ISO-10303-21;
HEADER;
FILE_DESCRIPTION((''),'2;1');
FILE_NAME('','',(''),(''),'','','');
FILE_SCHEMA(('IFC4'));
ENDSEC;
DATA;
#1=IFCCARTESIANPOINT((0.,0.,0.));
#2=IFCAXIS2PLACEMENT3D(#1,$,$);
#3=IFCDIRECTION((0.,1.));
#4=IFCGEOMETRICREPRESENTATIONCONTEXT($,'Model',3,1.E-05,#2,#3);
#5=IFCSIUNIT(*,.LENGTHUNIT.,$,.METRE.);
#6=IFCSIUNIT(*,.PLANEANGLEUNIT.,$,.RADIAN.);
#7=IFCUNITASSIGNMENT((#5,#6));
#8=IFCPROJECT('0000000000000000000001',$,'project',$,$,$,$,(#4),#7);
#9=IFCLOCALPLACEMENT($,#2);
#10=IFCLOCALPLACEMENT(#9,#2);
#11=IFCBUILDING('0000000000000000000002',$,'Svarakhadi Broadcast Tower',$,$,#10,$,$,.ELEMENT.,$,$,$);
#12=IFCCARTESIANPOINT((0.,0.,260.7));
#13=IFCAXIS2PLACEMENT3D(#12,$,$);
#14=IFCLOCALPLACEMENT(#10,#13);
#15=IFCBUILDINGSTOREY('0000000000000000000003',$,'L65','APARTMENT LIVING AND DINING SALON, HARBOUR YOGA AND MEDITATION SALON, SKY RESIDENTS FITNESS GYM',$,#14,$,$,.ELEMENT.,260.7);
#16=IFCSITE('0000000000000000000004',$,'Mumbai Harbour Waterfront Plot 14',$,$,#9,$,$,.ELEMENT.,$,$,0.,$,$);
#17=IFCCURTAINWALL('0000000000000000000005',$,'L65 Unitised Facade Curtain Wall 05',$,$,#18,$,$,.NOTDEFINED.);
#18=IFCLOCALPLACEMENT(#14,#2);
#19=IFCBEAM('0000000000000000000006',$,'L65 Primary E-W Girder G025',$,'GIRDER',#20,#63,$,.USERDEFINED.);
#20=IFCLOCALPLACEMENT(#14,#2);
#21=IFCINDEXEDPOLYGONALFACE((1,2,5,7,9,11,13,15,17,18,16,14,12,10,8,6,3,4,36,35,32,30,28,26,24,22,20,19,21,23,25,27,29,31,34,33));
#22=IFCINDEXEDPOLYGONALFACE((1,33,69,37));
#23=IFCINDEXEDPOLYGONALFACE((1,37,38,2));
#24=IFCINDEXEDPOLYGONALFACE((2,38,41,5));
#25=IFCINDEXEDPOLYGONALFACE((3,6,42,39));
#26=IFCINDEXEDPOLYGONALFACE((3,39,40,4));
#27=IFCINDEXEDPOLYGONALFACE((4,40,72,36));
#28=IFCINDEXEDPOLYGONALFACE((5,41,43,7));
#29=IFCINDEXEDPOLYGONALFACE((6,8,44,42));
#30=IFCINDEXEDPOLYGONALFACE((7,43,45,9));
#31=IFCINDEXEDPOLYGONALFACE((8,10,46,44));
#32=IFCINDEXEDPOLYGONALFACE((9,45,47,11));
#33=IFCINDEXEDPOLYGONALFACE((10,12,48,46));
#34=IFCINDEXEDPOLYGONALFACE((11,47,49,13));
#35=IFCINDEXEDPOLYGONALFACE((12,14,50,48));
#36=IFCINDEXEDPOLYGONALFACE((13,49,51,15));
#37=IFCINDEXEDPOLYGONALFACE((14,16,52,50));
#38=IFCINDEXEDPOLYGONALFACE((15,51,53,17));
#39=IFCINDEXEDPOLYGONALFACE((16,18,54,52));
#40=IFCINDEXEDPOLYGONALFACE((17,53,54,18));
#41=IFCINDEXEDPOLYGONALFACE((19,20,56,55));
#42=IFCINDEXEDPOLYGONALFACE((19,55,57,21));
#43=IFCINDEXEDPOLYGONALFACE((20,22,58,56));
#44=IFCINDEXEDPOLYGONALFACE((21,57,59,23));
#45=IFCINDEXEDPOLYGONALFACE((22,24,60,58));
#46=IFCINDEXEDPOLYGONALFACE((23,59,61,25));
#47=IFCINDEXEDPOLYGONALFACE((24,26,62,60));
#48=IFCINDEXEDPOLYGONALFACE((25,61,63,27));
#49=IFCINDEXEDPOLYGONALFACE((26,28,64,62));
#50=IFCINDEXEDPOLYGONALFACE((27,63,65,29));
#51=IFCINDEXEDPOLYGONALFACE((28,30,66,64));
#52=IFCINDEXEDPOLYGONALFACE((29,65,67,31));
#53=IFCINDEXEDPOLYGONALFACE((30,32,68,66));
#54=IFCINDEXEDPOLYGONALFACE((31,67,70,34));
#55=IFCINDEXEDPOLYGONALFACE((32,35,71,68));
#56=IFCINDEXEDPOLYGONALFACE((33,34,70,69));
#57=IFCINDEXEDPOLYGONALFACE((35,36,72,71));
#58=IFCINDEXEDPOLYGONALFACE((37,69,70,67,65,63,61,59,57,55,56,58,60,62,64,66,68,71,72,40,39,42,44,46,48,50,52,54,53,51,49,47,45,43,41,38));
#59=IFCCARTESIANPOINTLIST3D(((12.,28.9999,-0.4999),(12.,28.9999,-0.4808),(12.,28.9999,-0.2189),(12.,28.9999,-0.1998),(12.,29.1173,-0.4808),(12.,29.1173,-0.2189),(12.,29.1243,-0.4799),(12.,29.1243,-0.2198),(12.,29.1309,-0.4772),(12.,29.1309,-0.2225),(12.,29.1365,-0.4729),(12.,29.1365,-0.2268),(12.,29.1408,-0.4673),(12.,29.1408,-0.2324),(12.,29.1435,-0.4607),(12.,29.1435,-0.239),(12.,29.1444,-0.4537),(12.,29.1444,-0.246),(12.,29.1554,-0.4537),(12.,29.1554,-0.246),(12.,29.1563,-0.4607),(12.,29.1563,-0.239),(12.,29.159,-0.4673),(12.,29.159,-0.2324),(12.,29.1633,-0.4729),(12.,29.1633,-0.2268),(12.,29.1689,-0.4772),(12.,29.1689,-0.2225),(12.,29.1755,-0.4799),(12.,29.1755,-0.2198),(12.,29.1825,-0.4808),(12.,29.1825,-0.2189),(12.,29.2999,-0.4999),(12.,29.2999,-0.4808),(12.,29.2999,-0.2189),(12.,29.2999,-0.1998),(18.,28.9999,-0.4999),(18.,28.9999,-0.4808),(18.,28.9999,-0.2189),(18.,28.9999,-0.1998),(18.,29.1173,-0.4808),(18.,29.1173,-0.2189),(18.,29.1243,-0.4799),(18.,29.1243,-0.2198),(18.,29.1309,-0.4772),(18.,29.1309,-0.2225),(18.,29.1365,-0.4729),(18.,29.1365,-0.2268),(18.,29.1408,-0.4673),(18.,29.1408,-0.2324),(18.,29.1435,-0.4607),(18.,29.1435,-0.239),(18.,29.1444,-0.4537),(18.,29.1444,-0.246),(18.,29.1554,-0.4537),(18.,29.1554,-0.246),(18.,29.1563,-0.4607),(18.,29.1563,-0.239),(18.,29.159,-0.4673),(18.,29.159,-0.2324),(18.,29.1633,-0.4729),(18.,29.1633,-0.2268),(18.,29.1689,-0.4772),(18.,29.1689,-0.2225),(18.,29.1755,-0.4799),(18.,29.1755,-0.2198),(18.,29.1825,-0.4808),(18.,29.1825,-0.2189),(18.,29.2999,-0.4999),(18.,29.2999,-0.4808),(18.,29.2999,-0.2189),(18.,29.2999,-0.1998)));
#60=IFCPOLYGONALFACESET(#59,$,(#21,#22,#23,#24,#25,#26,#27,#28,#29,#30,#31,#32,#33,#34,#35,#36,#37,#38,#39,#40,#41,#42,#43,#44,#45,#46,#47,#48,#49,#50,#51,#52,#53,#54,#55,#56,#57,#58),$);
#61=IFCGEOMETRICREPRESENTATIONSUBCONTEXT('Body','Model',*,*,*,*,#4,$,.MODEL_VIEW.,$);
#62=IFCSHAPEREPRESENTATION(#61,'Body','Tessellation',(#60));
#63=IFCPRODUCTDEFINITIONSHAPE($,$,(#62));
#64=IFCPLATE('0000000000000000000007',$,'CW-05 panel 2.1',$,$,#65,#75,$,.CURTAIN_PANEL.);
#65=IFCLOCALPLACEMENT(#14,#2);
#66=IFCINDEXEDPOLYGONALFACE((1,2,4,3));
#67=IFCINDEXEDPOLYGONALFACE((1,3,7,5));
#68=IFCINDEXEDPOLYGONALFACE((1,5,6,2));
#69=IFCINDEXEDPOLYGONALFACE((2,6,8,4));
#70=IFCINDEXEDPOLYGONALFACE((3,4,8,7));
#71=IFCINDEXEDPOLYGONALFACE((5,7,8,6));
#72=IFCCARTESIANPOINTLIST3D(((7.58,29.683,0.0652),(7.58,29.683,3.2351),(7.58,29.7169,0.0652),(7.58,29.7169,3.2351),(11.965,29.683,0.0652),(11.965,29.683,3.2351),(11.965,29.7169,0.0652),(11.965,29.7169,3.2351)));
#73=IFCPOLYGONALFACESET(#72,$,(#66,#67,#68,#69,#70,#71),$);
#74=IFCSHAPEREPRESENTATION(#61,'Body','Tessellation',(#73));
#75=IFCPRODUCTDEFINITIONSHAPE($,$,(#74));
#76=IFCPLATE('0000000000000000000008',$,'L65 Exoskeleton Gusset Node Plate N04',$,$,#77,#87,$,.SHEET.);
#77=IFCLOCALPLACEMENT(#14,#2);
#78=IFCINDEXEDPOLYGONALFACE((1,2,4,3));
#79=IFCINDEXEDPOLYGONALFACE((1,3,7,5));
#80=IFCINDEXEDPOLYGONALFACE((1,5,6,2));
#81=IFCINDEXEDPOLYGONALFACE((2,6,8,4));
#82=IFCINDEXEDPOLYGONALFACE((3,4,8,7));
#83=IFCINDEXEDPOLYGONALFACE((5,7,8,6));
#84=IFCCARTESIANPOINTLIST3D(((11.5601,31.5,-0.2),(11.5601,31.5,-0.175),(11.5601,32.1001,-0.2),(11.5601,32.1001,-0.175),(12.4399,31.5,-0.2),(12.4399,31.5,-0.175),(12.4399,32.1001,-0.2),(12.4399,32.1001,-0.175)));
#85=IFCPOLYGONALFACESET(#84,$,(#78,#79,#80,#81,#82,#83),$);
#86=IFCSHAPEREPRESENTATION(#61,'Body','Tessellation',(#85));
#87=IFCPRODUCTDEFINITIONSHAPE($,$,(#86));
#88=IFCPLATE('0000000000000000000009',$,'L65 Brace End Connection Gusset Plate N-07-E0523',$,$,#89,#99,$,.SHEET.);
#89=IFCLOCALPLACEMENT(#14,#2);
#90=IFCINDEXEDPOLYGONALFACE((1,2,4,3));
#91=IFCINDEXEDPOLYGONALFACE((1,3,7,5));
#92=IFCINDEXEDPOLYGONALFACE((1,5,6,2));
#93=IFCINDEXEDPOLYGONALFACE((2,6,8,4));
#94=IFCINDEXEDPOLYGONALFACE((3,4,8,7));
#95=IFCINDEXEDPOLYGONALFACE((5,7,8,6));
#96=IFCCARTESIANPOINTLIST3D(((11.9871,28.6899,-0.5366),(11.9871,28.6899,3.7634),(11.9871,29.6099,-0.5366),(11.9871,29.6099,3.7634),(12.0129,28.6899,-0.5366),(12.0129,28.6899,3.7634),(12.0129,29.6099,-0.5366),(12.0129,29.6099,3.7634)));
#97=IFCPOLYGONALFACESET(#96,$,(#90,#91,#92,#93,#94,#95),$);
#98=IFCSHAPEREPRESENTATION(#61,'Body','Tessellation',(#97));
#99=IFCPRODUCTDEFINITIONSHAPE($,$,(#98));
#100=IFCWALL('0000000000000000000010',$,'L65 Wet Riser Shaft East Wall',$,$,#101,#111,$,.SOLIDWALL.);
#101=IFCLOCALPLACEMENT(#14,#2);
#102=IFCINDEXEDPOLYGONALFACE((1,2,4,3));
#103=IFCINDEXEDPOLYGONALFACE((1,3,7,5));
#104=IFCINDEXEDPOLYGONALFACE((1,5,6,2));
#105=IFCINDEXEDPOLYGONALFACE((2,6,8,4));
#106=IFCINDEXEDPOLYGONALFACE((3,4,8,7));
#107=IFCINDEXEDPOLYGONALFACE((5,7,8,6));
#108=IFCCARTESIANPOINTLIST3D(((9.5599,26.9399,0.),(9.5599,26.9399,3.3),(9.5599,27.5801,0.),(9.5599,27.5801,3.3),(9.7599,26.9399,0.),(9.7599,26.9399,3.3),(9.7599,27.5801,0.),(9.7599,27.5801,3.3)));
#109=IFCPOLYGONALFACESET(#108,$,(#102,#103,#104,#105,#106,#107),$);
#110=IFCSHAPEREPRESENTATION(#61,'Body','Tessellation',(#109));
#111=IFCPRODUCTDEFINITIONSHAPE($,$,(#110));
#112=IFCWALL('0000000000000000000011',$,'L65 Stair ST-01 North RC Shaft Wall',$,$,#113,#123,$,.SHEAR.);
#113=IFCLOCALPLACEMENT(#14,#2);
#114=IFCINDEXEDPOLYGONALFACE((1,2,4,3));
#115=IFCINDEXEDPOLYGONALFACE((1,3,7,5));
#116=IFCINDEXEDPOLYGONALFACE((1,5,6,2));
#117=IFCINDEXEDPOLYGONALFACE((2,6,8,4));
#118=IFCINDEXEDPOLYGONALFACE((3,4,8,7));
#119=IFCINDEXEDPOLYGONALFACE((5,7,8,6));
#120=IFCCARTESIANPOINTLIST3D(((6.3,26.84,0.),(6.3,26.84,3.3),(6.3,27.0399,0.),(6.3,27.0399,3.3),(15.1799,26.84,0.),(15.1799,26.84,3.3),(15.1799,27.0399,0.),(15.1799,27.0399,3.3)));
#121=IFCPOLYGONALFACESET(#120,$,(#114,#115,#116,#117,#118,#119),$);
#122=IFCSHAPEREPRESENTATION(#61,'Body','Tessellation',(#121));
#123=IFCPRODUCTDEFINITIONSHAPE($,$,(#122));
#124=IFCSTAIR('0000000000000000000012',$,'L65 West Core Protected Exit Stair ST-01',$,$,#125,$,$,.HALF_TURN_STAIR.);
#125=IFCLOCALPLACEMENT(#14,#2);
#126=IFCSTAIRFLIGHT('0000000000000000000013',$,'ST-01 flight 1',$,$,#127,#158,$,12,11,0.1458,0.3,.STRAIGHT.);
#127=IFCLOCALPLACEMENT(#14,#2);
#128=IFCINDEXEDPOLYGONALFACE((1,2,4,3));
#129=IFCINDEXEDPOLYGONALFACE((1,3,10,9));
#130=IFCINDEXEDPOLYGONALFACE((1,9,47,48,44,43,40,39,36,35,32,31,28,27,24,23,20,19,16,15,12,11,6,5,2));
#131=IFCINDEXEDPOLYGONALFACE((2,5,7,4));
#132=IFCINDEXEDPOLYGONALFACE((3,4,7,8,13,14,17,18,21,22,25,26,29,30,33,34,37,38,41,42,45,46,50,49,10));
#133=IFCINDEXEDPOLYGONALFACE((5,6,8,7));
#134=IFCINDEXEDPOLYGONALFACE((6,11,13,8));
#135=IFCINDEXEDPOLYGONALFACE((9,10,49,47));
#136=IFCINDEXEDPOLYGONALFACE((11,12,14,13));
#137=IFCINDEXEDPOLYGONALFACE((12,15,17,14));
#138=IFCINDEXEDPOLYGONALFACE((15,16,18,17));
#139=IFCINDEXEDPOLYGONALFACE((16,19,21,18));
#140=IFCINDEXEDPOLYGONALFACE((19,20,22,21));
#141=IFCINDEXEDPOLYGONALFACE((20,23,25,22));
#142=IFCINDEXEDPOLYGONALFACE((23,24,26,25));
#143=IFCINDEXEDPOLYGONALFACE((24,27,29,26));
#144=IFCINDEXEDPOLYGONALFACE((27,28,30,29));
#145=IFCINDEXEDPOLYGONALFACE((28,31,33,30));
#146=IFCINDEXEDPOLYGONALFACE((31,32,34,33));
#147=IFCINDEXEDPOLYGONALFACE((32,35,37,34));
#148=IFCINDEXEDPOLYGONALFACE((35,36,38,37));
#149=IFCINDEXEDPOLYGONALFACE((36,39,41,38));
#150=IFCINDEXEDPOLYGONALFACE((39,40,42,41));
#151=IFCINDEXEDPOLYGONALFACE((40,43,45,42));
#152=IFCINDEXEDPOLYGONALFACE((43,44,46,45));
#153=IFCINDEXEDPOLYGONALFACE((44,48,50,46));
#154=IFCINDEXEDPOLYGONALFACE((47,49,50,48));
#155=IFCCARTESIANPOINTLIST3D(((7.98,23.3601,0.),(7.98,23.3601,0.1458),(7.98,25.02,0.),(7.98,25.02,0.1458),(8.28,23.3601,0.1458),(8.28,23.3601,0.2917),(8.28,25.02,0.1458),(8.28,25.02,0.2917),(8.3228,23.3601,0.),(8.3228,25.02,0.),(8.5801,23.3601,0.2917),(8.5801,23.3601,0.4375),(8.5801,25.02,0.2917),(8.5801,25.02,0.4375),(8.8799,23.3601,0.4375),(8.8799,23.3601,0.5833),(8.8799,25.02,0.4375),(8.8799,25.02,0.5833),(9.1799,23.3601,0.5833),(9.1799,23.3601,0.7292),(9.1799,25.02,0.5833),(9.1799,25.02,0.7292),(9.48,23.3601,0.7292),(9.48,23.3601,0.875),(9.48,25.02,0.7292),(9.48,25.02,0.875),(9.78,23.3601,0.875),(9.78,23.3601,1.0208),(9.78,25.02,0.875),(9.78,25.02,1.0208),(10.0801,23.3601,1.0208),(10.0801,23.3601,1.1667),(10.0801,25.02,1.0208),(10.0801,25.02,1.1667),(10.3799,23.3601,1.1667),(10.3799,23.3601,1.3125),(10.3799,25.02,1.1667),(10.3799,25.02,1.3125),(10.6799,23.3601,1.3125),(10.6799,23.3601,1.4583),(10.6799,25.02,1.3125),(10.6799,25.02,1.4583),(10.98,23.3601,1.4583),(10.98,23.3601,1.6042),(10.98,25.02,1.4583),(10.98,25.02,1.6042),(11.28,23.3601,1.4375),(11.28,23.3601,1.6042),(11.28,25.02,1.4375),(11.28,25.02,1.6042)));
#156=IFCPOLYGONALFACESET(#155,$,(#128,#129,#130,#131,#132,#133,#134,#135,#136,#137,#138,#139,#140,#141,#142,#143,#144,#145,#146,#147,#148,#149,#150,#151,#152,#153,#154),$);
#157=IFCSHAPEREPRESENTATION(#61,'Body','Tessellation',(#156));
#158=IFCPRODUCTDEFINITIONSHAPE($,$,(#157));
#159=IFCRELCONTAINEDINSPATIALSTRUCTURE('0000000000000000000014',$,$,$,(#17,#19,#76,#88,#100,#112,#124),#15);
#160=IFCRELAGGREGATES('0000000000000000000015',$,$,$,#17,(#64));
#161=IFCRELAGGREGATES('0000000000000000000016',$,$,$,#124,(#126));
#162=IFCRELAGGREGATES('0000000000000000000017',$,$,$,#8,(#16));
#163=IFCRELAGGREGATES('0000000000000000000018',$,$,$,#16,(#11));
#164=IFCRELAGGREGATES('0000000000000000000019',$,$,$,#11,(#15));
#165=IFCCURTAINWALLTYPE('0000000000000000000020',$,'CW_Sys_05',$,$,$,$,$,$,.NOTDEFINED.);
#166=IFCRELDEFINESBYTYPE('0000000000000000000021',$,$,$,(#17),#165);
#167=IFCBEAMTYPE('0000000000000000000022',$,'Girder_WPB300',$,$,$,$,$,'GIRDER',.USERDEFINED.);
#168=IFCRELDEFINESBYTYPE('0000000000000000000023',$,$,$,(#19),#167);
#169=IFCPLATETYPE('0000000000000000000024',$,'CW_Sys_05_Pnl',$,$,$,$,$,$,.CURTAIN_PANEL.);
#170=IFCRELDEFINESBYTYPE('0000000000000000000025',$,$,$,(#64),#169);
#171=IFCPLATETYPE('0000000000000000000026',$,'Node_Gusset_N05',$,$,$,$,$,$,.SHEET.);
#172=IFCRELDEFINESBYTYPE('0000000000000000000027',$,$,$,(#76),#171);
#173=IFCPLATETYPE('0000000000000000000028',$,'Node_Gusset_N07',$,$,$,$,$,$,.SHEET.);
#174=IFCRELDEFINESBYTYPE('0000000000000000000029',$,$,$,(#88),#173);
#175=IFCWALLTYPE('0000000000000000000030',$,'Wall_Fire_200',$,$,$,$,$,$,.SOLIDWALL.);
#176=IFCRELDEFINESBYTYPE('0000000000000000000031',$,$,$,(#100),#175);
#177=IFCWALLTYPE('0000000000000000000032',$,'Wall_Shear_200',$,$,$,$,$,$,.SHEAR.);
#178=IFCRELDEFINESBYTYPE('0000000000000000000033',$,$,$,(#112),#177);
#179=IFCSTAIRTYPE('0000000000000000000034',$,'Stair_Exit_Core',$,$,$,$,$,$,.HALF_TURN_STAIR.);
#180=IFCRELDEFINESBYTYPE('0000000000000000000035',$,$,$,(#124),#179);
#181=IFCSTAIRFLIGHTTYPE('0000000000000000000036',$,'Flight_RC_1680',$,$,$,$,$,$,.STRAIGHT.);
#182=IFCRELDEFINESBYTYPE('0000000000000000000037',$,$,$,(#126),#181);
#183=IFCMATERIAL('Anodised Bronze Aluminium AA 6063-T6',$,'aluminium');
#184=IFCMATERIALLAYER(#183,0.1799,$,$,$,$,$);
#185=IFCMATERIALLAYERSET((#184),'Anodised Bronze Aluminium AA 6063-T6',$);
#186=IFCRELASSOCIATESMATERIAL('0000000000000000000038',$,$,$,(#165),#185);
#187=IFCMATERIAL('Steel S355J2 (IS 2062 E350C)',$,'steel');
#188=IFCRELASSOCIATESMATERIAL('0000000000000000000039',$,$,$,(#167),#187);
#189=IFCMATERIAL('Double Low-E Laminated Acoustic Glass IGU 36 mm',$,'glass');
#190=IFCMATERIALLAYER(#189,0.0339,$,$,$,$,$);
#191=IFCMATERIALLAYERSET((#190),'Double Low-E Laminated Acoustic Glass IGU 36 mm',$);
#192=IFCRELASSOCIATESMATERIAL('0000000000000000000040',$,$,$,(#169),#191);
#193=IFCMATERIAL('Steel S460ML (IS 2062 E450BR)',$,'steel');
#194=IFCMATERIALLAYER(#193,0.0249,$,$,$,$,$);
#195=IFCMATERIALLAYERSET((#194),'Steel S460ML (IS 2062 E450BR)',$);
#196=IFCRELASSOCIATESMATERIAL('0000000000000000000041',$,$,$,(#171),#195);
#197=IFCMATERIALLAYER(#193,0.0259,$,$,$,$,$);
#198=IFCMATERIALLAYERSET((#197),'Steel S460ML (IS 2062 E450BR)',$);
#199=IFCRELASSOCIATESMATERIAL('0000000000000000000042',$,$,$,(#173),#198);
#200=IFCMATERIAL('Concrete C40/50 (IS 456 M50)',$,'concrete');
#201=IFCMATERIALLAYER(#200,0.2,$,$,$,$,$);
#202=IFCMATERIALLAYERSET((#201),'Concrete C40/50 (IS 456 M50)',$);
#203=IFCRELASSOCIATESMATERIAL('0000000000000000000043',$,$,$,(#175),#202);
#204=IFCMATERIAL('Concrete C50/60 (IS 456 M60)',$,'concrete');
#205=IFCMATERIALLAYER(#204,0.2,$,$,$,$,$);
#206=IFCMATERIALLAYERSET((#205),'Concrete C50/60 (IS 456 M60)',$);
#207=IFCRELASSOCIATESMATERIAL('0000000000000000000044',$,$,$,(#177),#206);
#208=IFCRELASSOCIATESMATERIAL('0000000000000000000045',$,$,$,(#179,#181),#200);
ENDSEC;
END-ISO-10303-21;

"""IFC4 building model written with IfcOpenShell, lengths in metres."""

from ifc_helpers import new_model, si_unit, direction, frame, frame_2d, origin, origin_2d, place, context, subcontext, project, spatial, polyline, rectangle, i_section, outline, extrude, material, layer, layer_set, material_profile, profile_set, type_object, element, aggregate, save


model = new_model("IFC4")

# Units and contexts
model_context = context("Model", 3, precision=1e-05, world=origin(), true_north=direction((0.0, 1.0)))
body_context = subcontext(model_context, "Body", "Model", "MODEL_VIEW")
ifc_project = project(units=[si_unit("LENGTHUNIT", "METRE"), si_unit("PLANEANGLEUNIT", "RADIAN")], contexts=[model_context])

# Site, building, storey
site_placement = place(None, origin())
site = spatial("IfcSite", under=ifc_project, at=site_placement, Name="Mumbai Harbour Waterfront Plot 14", CompositionType="ELEMENT", RefElevation=0.0)
building_placement = place(site_placement, origin())
building = spatial("IfcBuilding", under=site, at=building_placement, Name="Svarakhadi Broadcast Tower", CompositionType="ELEMENT")
storey_placement = place(building_placement, frame((0.0, 0.0, 260.7)))
storey = spatial("IfcBuildingStorey", under=building, at=storey_placement, Name="L65", Description="APARTMENT LIVING AND DINING SALON, HARBOUR YOGA AND MEDITATION SALON, SKY RESIDENTS FITNESS GYM", CompositionType="ELEMENT", Elevation=260.7)

# Shared definitions
ifc_material_1 = material(Name="Steel S460ML (IS 2062 E450BR)", Category="steel")

# Curtain wall
ifc_material_2 = material(Name="Anodised Bronze Aluminium AA 6063-T6", Category="aluminium")
ifc_layer_1 = layer(ifc_material_2, 0.1799)
ifc_layer_set_1 = layer_set([ifc_layer_1], Name="Anodised Bronze Aluminium AA 6063-T6")
curtain_wall_type = type_object("IfcCurtainWallType", Name="CW_Sys_05", PredefinedType="NOTDEFINED", material=ifc_layer_set_1)
curtain_wall_placement = place(storey_placement, origin())
curtain_wall = element("IfcCurtainWall", 1, at=curtain_wall_placement, inside=storey, type_object=curtain_wall_type, Name="L65 Unitised Facade Curtain Wall 05", PredefinedType="NOTDEFINED")

# Beam
ifc_material_3 = material(Name="Steel S355J2 (IS 2062 E350C)", Category="steel")
ifc_material_profile_1 = material_profile(ifc_material_3, i_section(OverallWidth=0.3, OverallDepth=0.3, WebThickness=0.011, FlangeThickness=0.019, FilletRadius=0.0271, at=origin_2d()), Name="WPB 300x300x117")
ifc_profile_set_1 = profile_set([ifc_material_profile_1], Name="Steel S355J2 (IS 2062 E350C)")
beam_type = type_object("IfcBeamType", Name="Girder_WPB300", ElementType="GIRDER", PredefinedType="USERDEFINED", material=ifc_profile_set_1)
beam_placement = place(storey_placement, frame((12.0, 29.1499, -0.3499), z_axis=(1.0, 0.0, 0.0), x_axis=(0.0, 1.0, 0.0)))
element("IfcBeam", 2, at=beam_placement, inside=storey, type_object=beam_type, Name="L65 Primary E-W Girder G025", ObjectType="GIRDER", PredefinedType="USERDEFINED", context=body_context, shape_type="SweptSolid", body=[
    extrude(i_section(OverallWidth=0.3, OverallDepth=0.3, WebThickness=0.011, FlangeThickness=0.019, FilletRadius=0.0271, at=origin_2d()), origin(), (0.0, 0.0, 1.0), 6.0),
])

# Plate
ifc_material_4 = material(Name="Double Low-E Laminated Acoustic Glass IGU 36 mm", Category="glass")
ifc_layer_2 = layer(ifc_material_4, 0.0339)
ifc_layer_set_2 = layer_set([ifc_layer_2], Name="Double Low-E Laminated Acoustic Glass IGU 36 mm")
plate_type_1 = type_object("IfcPlateType", Name="CW_Sys_05_Pnl", PredefinedType="CURTAIN_PANEL", material=ifc_layer_set_2)
plate_1_placement = place(storey_placement, frame((9.7725, 29.7, 0.0652), z_axis=(0.0, 0.0, 1.0), x_axis=(1.0, 0.0, 0.0)))
plate_1 = element("IfcPlate", 3, at=plate_1_placement, type_object=plate_type_1, Name="CW-05 panel 2.1", PredefinedType="CURTAIN_PANEL", context=body_context, shape_type="SweptSolid", body=[
    extrude(rectangle(XDim=4.385, YDim=0.0339, at=origin_2d()), origin(), (0.0, 0.0, 1.0), 3.1699),
])
aggregate(curtain_wall, [plate_1])

# Plates
ifc_layer_3 = layer(ifc_material_1, 0.0249)
ifc_layer_set_3 = layer_set([ifc_layer_3], Name="Steel S460ML (IS 2062 E450BR)")
plate_type_2 = type_object("IfcPlateType", Name="Node_Gusset_N05", PredefinedType="SHEET", material=ifc_layer_set_3)
plate_2_placement = place(storey_placement, frame((12.0, 31.8, -0.2), z_axis=(0.0, 0.0, 1.0), x_axis=(1.0, 0.0, 0.0)))
element("IfcPlate", 4, at=plate_2_placement, inside=storey, type_object=plate_type_2, Name="L65 Exoskeleton Gusset Node Plate N04", PredefinedType="SHEET", context=body_context, shape_type="SweptSolid", body=[
    extrude(rectangle(XDim=0.8799, YDim=0.6001, at=origin_2d()), origin(), (0.0, 0.0, 1.0), 0.0249),
])
ifc_layer_4 = layer(ifc_material_1, 0.0259)
ifc_layer_set_4 = layer_set([ifc_layer_4], Name="Steel S460ML (IS 2062 E450BR)")
plate_type_3 = type_object("IfcPlateType", Name="Node_Gusset_N07", PredefinedType="SHEET", material=ifc_layer_set_4)
plate_3_placement = place(storey_placement, frame((12.0, 29.1499, -0.5366), z_axis=(0.0, 0.0, 1.0), x_axis=(0.0, 1.0, 0.0)))
element("IfcPlate", 5, at=plate_3_placement, inside=storey, type_object=plate_type_3, Name="L65 Brace End Connection Gusset Plate N-07-E0523", PredefinedType="SHEET", context=body_context, shape_type="SweptSolid", body=[
    extrude(rectangle(XDim=0.9199, YDim=0.0259, at=origin_2d()), origin(), (0.0, 0.0, 1.0), 4.3),
])

# Walls
ifc_material_5 = material(Name="Concrete C40/50 (IS 456 M50)", Category="concrete")
ifc_layer_5 = layer(ifc_material_5, 0.2)
ifc_layer_set_5 = layer_set([ifc_layer_5], Name="Concrete C40/50 (IS 456 M50)")
wall_type_1 = type_object("IfcWallType", Name="Wall_Fire_200", PredefinedType="SOLIDWALL", material=ifc_layer_set_5)
wall_1_placement = place(storey_placement, frame((9.6599, 26.9399, 0.0), z_axis=(0.0, 0.0, 1.0), x_axis=(0.0, 1.0, 0.0)))
element("IfcWall", 6, at=wall_1_placement, inside=storey, type_object=wall_type_1, Name="L65 Wet Riser Shaft East Wall", PredefinedType="SOLIDWALL", context=body_context, shape_type="SweptSolid", body=[
    extrude(rectangle(XDim=0.6401, YDim=0.2, at=frame_2d((0.3201, 0.0))), origin(), (0.0, 0.0, 1.0), 3.3),
])
ifc_material_6 = material(Name="Concrete C50/60 (IS 456 M60)", Category="concrete")
ifc_layer_6 = layer(ifc_material_6, 0.2)
ifc_layer_set_6 = layer_set([ifc_layer_6], Name="Concrete C50/60 (IS 456 M60)")
wall_type_2 = type_object("IfcWallType", Name="Wall_Shear_200", PredefinedType="SHEAR", material=ifc_layer_set_6)
wall_2_placement = place(storey_placement, frame((6.3, 26.9399, 0.0), z_axis=(0.0, 0.0, 1.0), x_axis=(1.0, 0.0, 0.0)))
element("IfcWall", 7, at=wall_2_placement, inside=storey, type_object=wall_type_2, Name="L65 Stair ST-01 North RC Shaft Wall", PredefinedType="SHEAR", context=body_context, shape_type="SweptSolid", body=[
    extrude(rectangle(XDim=8.8799, YDim=0.2, at=frame_2d((4.4399, 0.0))), origin(), (0.0, 0.0, 1.0), 3.3),
])

# Stair, stair flight
stair_type = type_object("IfcStairType", Name="Stair_Exit_Core", PredefinedType="HALF_TURN_STAIR", material=ifc_material_5)
stair_placement = place(storey_placement, origin())
stair = element("IfcStair", 8, at=stair_placement, inside=storey, type_object=stair_type, Name="L65 West Core Protected Exit Stair ST-01", PredefinedType="HALF_TURN_STAIR")
stair_flight_type = type_object("IfcStairFlightType", Name="Flight_RC_1680", PredefinedType="STRAIGHT", material=ifc_material_5)
stair_flight_1_placement = place(storey_placement, frame((7.98, 24.1899, 0.0), z_axis=(0.0, 0.0, 1.0), x_axis=(1.0, 0.0, 0.0)))
stair_flight_1 = element("IfcStairFlight", 9, at=stair_flight_1_placement, type_object=stair_flight_type, Name="ST-01 flight 1", NumberOfRisers=12, NumberOfTreads=11, PredefinedType="STRAIGHT", RiserHeight=0.1458, TreadLength=0.3, context=body_context, shape_type="SweptSolid", body=[
    extrude(outline(polyline([(0.0, 0.0), (0.0, 0.1458), (0.3, 0.1458), (0.3, 0.2917), (0.6001, 0.2917), (0.6001, 0.4375), (0.8999, 0.4375), (0.8999, 0.5833), (1.2, 0.5833), (1.2, 0.7292), (1.5, 0.7292), (1.5, 0.875), (1.8, 0.875), (1.8, 1.0208), (2.1001, 1.0208), (2.1001, 1.1667), (2.3999, 1.1667), (2.3999, 1.3125), (2.7, 1.3125), (2.7, 1.4583), (3.0, 1.4583), (3.0, 1.6042), (3.3, 1.6042), (3.3, 1.75), (3.3, 1.4375), (0.3428, 0.0), (0.0, 0.0)])), frame((0.0, 0.8301, 0.0), z_axis=(0.0, -1.0, 0.0), x_axis=(1.0, 0.0, 0.0)), (0.0, 0.0, 1.0), 1.6599),
])
aggregate(stair, [stair_flight_1])

save(model, "model.ifc")
